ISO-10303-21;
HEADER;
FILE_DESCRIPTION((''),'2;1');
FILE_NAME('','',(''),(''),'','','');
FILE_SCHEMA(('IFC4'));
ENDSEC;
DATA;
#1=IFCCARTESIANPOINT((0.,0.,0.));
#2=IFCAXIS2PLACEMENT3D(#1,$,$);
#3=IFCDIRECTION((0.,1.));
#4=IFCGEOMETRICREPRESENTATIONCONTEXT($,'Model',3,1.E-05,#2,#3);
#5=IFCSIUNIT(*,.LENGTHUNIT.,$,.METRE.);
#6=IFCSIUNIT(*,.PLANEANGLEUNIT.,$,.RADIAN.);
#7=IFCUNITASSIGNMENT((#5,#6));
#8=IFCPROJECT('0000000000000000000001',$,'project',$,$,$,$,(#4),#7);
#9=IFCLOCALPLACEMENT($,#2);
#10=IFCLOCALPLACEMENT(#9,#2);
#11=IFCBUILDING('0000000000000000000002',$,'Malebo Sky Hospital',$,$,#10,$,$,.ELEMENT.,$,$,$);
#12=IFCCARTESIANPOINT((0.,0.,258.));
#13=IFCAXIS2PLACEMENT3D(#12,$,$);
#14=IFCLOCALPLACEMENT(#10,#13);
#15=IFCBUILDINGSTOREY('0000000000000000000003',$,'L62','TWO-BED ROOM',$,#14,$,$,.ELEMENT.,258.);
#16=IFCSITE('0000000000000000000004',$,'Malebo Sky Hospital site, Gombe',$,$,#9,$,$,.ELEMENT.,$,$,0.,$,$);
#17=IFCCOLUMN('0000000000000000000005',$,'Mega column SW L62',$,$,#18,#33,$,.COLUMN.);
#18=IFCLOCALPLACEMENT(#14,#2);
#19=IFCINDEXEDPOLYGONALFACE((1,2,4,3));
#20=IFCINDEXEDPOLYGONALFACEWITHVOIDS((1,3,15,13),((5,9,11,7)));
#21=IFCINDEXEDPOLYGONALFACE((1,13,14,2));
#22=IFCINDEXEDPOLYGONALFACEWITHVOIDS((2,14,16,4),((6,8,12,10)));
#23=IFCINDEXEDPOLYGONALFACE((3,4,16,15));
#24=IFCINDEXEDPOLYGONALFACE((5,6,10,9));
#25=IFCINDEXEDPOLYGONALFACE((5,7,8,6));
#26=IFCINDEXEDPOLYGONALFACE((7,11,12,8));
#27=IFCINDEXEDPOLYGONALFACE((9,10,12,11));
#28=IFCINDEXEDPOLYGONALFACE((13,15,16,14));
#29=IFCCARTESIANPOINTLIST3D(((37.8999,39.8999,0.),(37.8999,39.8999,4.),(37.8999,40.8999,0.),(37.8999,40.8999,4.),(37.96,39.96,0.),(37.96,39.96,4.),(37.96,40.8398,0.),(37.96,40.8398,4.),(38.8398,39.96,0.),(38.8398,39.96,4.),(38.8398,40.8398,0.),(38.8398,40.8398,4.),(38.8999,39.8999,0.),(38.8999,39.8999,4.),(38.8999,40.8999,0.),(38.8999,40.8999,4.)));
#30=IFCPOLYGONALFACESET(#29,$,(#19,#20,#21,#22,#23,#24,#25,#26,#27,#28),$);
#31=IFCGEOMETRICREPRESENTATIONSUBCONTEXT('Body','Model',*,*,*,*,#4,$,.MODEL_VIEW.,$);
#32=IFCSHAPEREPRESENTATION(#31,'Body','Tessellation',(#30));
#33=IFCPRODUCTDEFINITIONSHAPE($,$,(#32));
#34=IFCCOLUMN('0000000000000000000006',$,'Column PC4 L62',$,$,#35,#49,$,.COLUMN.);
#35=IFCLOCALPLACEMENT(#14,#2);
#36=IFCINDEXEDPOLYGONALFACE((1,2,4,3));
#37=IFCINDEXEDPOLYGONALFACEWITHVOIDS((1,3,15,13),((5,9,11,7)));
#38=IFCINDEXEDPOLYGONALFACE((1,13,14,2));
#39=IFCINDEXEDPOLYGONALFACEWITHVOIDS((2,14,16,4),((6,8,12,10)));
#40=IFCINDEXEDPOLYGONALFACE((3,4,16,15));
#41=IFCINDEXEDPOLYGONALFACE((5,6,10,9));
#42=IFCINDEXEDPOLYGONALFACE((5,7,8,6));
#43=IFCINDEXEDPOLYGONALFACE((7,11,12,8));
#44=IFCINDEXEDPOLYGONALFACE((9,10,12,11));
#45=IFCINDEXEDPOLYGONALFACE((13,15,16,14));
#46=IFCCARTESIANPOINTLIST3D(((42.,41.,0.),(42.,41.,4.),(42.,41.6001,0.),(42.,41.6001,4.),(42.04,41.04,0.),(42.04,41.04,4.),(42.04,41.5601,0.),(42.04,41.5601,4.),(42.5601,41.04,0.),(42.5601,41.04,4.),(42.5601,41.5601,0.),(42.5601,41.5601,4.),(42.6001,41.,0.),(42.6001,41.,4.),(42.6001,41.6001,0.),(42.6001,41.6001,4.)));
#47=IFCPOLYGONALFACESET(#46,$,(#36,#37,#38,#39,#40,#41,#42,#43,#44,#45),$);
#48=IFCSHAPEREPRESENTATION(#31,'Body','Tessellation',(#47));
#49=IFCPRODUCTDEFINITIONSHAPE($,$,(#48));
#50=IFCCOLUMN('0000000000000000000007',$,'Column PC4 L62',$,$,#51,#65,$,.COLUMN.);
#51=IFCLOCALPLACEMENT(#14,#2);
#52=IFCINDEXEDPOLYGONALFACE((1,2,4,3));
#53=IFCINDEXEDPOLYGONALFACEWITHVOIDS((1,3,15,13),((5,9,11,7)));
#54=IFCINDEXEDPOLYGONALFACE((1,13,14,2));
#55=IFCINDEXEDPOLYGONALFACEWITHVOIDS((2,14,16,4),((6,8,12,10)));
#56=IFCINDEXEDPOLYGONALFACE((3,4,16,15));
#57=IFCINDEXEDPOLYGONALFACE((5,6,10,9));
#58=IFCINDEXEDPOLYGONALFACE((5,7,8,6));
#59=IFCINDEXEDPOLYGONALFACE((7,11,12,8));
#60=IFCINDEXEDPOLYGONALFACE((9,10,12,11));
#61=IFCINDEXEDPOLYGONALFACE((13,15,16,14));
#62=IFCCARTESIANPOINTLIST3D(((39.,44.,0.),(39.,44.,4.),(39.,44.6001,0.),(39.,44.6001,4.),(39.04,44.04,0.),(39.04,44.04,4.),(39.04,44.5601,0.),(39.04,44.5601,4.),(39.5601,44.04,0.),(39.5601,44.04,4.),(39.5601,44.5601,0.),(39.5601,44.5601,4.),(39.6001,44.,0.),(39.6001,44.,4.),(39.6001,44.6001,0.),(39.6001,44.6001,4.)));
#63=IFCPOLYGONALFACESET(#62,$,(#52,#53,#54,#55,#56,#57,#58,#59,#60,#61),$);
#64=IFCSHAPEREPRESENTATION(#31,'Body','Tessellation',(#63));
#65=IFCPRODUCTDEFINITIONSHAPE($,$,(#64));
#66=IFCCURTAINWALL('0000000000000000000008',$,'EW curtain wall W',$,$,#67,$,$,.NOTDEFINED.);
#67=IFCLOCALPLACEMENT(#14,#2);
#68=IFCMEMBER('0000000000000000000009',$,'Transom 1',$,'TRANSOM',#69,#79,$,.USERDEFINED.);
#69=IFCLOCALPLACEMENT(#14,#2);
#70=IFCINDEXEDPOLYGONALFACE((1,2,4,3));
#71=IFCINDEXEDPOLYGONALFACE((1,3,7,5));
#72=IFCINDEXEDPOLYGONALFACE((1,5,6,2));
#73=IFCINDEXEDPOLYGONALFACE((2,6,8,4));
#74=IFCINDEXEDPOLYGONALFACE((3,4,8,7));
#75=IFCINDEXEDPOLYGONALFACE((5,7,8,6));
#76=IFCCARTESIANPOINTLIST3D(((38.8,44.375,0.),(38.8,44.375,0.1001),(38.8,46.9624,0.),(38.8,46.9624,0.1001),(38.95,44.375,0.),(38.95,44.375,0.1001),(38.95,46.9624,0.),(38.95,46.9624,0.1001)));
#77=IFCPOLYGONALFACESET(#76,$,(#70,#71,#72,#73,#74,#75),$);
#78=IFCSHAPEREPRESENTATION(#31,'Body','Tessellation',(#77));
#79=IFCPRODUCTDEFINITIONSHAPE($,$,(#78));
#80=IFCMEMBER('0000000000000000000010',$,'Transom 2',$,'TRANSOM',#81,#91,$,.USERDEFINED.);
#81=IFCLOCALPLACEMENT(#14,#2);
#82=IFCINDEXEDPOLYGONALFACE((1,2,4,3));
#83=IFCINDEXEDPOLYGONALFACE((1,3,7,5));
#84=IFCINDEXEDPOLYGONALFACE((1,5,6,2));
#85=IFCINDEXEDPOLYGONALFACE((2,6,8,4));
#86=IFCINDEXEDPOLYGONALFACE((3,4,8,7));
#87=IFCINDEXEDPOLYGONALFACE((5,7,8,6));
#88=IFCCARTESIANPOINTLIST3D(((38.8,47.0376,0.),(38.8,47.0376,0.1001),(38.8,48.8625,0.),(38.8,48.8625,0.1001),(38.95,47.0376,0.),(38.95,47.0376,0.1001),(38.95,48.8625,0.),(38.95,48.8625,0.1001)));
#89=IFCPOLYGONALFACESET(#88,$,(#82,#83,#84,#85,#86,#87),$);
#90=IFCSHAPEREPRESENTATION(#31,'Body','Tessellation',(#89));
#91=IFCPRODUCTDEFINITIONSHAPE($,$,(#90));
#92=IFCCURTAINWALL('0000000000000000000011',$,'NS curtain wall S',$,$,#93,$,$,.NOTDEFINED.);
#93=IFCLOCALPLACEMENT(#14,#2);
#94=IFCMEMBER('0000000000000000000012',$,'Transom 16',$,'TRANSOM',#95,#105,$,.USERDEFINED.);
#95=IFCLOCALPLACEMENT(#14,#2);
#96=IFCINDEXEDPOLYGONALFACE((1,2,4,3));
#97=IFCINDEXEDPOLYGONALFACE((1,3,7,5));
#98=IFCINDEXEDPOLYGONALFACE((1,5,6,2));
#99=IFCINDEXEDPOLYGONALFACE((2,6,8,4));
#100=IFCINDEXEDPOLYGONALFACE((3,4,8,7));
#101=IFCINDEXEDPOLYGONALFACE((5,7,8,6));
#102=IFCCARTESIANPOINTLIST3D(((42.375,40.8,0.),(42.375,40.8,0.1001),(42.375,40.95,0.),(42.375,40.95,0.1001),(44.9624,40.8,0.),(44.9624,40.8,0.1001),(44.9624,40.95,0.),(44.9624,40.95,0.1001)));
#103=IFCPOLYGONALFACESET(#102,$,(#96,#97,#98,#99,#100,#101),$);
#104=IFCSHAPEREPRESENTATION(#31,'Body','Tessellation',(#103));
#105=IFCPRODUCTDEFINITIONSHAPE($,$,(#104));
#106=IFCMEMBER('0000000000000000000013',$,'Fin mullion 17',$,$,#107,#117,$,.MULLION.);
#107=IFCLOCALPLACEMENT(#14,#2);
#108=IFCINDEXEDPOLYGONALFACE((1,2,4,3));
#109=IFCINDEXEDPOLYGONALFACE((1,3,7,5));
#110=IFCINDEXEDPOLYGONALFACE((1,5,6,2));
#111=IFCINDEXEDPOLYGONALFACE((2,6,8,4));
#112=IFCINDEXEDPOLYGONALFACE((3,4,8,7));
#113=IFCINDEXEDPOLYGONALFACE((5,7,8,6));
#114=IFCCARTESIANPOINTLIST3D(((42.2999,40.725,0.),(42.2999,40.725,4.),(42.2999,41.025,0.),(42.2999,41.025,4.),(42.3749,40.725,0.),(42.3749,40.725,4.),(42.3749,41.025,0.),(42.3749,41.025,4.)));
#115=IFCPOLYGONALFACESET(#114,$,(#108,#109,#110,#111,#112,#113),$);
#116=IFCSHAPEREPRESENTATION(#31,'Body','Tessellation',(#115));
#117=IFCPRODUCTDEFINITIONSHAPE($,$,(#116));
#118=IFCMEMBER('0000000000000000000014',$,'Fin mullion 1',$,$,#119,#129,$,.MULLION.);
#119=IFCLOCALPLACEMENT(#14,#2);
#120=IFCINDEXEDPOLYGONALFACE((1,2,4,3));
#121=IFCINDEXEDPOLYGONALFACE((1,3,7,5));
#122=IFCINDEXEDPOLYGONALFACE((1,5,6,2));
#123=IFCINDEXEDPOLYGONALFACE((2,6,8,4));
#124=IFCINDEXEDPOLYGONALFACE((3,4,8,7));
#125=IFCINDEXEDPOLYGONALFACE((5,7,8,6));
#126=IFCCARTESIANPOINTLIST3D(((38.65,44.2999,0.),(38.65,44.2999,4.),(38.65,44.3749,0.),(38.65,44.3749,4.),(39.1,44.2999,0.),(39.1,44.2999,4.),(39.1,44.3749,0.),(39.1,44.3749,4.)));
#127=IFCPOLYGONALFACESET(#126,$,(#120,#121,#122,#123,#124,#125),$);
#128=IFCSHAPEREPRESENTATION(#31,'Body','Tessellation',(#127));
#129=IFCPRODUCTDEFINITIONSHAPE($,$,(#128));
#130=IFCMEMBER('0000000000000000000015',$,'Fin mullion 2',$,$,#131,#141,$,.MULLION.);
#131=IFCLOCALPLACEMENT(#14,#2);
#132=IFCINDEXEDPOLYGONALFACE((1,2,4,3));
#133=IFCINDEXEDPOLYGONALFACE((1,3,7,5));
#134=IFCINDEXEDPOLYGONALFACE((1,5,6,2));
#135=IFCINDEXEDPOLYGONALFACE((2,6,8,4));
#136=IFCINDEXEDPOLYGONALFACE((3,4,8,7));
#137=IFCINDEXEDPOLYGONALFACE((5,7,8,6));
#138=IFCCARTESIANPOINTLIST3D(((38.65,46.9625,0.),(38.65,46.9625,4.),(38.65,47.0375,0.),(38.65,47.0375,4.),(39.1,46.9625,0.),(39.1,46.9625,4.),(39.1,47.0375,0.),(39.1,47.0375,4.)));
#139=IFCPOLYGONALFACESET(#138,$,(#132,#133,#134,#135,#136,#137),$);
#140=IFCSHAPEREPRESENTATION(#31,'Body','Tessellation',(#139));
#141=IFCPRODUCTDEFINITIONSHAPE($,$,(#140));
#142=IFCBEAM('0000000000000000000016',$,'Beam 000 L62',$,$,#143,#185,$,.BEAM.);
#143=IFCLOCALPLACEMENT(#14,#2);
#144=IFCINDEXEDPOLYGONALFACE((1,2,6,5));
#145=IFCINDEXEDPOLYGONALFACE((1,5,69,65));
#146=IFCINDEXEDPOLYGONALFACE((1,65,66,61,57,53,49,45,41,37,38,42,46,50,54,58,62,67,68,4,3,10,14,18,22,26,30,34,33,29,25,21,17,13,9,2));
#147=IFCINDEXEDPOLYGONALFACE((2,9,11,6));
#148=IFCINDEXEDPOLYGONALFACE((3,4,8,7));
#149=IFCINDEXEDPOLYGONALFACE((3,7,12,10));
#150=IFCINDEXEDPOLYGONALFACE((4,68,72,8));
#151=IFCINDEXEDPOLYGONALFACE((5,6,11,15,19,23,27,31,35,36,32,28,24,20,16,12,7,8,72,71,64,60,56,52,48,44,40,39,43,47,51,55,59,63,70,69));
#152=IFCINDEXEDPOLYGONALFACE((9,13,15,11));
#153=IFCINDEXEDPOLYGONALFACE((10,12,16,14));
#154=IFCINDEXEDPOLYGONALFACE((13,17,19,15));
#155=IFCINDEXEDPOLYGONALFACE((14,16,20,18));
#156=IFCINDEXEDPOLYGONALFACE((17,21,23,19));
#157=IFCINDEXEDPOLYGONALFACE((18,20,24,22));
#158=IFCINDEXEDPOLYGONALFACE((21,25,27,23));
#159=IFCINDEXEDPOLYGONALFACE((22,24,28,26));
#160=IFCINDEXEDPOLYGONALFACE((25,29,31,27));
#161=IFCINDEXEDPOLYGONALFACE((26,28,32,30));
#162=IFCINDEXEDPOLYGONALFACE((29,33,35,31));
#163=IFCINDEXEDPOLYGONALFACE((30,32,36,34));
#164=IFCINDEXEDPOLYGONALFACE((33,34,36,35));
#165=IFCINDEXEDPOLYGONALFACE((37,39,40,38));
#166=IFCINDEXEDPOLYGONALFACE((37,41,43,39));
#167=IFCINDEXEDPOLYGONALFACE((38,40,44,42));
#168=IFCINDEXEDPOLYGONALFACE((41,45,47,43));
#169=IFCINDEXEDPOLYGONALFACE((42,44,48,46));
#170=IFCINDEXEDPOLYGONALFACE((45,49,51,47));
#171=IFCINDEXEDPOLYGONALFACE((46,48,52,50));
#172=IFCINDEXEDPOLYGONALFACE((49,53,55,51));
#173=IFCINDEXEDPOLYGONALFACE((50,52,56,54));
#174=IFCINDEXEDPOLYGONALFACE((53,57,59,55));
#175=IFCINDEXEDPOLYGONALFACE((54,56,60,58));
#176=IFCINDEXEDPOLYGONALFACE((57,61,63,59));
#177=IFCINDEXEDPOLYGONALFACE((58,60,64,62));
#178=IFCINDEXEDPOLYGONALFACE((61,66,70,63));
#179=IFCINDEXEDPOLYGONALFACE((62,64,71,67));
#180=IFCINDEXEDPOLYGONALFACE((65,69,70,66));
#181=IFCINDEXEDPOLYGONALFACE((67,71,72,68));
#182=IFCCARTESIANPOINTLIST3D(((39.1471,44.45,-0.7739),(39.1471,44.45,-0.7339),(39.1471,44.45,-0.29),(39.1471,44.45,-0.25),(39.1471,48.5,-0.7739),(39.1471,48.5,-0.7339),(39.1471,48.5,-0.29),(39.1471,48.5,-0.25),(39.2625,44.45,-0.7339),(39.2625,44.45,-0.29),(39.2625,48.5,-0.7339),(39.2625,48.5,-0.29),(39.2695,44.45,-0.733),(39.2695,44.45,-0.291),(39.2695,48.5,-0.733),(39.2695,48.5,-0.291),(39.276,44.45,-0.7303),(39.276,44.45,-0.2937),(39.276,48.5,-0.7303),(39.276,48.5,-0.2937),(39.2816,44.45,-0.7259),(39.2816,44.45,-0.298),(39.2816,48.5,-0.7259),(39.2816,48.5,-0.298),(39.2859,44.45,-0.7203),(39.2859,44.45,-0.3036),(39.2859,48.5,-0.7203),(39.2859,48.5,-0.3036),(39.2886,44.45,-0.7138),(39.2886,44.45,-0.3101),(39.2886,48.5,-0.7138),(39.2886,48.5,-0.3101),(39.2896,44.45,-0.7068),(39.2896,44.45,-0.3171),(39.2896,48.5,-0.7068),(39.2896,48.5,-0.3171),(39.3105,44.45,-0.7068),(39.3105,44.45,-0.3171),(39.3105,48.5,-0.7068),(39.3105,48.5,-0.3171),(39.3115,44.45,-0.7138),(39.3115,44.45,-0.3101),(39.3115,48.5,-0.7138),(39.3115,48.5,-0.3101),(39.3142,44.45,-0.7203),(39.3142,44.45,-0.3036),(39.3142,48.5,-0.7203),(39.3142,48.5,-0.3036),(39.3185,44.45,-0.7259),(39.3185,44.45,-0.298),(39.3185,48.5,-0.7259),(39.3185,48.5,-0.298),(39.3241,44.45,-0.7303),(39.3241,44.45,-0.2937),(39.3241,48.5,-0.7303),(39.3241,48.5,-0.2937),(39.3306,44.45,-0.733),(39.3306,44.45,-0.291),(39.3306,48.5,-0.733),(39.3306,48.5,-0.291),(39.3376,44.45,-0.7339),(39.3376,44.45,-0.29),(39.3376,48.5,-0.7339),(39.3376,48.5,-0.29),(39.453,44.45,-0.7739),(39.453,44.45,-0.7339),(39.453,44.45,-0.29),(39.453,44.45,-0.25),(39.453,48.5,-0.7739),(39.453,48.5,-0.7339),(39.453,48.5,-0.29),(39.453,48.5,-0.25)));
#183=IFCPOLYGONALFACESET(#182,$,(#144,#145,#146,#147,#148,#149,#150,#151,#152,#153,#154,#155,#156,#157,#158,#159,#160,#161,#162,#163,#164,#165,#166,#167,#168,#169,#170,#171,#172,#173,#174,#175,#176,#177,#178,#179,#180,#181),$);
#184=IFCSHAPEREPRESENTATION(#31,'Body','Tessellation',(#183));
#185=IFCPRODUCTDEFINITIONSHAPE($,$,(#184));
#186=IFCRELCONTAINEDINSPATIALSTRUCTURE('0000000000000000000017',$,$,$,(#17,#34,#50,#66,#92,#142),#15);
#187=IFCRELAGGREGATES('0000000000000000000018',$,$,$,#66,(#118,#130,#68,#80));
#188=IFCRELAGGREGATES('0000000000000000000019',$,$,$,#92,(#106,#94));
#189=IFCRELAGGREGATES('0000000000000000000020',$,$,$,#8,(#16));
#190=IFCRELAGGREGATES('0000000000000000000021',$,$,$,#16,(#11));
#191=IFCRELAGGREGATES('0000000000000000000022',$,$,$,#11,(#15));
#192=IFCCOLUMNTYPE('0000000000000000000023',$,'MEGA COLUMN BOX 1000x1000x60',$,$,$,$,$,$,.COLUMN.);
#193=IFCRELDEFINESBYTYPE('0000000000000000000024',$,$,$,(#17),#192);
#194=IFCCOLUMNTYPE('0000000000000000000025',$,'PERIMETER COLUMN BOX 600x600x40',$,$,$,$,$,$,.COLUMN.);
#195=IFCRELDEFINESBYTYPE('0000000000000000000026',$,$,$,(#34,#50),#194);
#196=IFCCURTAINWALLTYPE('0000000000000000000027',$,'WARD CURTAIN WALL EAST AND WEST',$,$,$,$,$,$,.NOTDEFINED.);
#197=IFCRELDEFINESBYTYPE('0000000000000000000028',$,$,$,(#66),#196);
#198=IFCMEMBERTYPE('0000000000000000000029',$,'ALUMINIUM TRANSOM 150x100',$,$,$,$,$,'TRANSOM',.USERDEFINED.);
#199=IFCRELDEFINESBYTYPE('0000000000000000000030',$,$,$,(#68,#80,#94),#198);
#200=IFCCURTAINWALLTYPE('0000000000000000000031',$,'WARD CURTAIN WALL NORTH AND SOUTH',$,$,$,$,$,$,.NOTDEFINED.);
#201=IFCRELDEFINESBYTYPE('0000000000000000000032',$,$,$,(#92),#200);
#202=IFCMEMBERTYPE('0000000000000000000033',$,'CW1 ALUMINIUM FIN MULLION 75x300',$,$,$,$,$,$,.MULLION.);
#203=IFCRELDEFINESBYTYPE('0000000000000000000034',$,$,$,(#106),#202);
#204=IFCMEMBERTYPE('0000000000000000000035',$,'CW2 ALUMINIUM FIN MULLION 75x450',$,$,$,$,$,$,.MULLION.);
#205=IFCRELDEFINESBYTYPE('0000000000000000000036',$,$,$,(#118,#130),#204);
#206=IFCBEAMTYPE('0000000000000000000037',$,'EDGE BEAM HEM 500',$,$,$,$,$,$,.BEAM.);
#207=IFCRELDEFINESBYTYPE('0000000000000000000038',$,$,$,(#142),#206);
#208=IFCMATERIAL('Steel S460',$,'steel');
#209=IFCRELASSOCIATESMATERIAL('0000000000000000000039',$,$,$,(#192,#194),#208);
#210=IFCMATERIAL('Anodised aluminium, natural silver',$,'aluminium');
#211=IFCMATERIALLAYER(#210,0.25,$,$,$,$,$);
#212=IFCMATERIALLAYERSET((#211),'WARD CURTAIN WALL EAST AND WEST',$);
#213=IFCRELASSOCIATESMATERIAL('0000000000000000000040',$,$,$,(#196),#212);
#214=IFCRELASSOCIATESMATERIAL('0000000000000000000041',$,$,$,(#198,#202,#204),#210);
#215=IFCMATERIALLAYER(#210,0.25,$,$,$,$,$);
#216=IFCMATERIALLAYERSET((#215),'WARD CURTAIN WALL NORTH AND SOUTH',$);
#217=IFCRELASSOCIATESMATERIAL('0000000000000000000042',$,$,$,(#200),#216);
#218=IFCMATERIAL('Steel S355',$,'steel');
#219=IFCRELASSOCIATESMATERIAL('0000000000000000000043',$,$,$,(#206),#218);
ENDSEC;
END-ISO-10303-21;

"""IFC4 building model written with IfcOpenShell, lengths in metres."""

from ifc_helpers import new_model, si_unit, direction, frame, origin, origin_2d, place, context, subcontext, project, spatial, rectangle, hollow_rectangle, i_section, extrude, material, layer, layer_set, material_profile, profile_set, type_object, element, aggregate, save


model = new_model("IFC4")

# Units and contexts
model_context = context("Model", 3, precision=1e-05, world=origin(), true_north=direction((0.0, 1.0)))
body_context = subcontext(model_context, "Body", "Model", "MODEL_VIEW")
ifc_project = project(units=[si_unit("LENGTHUNIT", "METRE"), si_unit("PLANEANGLEUNIT", "RADIAN")], contexts=[model_context])

# Site, building, storey
site_placement = place(None, origin())
site = spatial("IfcSite", under=ifc_project, at=site_placement, Name="Malebo Sky Hospital site, Gombe", CompositionType="ELEMENT", RefElevation=0.0)
building_placement = place(site_placement, origin())
building = spatial("IfcBuilding", under=site, at=building_placement, Name="Malebo Sky Hospital", CompositionType="ELEMENT")
storey_placement = place(building_placement, frame((0.0, 0.0, 258.0)))
storey = spatial("IfcBuildingStorey", under=building, at=storey_placement, Name="L62", Description="TWO-BED ROOM", CompositionType="ELEMENT", Elevation=258.0)

# Columns
ifc_material_1 = material(Name="Steel S460", Category="steel")
ifc_material_profile_1 = material_profile(ifc_material_1, hollow_rectangle(XDim=1.0, YDim=1.0, WallThickness=0.0601, at=origin_2d()), Name="BOX 1000x1000x60")
ifc_profile_set_1 = profile_set([ifc_material_profile_1], Name="Steel S460")
column_type_1 = type_object("IfcColumnType", Name="MEGA COLUMN BOX 1000x1000x60", PredefinedType="COLUMN", material=ifc_profile_set_1)
column_placement = place(storey_placement, frame((38.3999, 40.3999, 0.0), z_axis=(0.0, 0.0, 1.0), x_axis=(1.0, 0.0, 0.0)))
element("IfcColumn", 1, at=column_placement, inside=storey, type_object=column_type_1, Name="Mega column SW L62", PredefinedType="COLUMN", context=body_context, shape_type="SweptSolid", body=[
    extrude(hollow_rectangle(XDim=1.0, YDim=1.0, WallThickness=0.0601, at=origin_2d()), origin(), (0.0, 0.0, 1.0), 4.0),
])
ifc_material_profile_2 = material_profile(ifc_material_1, hollow_rectangle(XDim=0.6001, YDim=0.6001, WallThickness=0.04, at=origin_2d()), Name="BOX 600x600x40")
ifc_profile_set_2 = profile_set([ifc_material_profile_2], Name="Steel S460")
column_type_2 = type_object("IfcColumnType", Name="PERIMETER COLUMN BOX 600x600x40", PredefinedType="COLUMN", material=ifc_profile_set_2)
for number, where, z_axis, x_axis, name in (
    (2, (42.3, 41.3, 0.0), (0.0, 0.0, 1.0), (1.0, 0.0, 0.0), "Column PC4 L62"),
    (3, (39.3, 44.3, 0.0), (0.0, 0.0, 1.0), (1.0, 0.0, 0.0), "Column PC4 L62"),
):
    element("IfcColumn", number, at=place(storey_placement, frame(where, z_axis=z_axis, x_axis=x_axis)), inside=storey, type_object=column_type_2, Name=name, PredefinedType="COLUMN", context=body_context, shape_type="SweptSolid", body=[
        extrude(hollow_rectangle(XDim=0.6001, YDim=0.6001, WallThickness=0.04, at=origin_2d()), origin(), (0.0, 0.0, 1.0), 4.0),
    ])

# Curtain walls, members
ifc_material_2 = material(Name="Anodised aluminium, natural silver", Category="aluminium")
ifc_layer_1 = layer(ifc_material_2, 0.25)
ifc_layer_set_1 = layer_set([ifc_layer_1], Name="WARD CURTAIN WALL EAST AND WEST")
curtain_wall_type_1 = type_object("IfcCurtainWallType", Name="WARD CURTAIN WALL EAST AND WEST", PredefinedType="NOTDEFINED", material=ifc_layer_set_1)
curtain_wall_1_placement = place(storey_placement, origin())
curtain_wall_1 = element("IfcCurtainWall", 4, at=curtain_wall_1_placement, inside=storey, type_object=curtain_wall_type_1, Name="EW curtain wall W", PredefinedType="NOTDEFINED")
ifc_material_profile_3 = material_profile(ifc_material_2, rectangle(XDim=0.1499, YDim=0.1001, at=origin_2d()), Name="ALUMINIUM TRANSOM 150x100")
ifc_profile_set_3 = profile_set([ifc_material_profile_3], Name="Anodised aluminium, natural silver")
member_type_1 = type_object("IfcMemberType", Name="ALUMINIUM TRANSOM 150x100", ElementType="TRANSOM", PredefinedType="USERDEFINED", material=ifc_profile_set_3)
member_1_placement = place(storey_placement, frame((38.875, 44.375, 0.05), z_axis=(0.0, 1.0, 0.0), x_axis=(-1.0, 0.0, 0.0)))
member_1 = element("IfcMember", 5, at=member_1_placement, type_object=member_type_1, Name="Transom 1", ObjectType="TRANSOM", PredefinedType="USERDEFINED", context=body_context, shape_type="SweptSolid", body=[
    extrude(rectangle(XDim=0.1499, YDim=0.1001, at=origin_2d()), origin(), (0.0, 0.0, 1.0), 2.5874),
])
member_2_placement = place(storey_placement, frame((38.875, 47.0376, 0.05), z_axis=(0.0, 1.0, 0.0), x_axis=(-1.0, 0.0, 0.0)))
member_2 = element("IfcMember", 6, at=member_2_placement, type_object=member_type_1, Name="Transom 2", ObjectType="TRANSOM", PredefinedType="USERDEFINED", context=body_context, shape_type="SweptSolid", body=[
    extrude(rectangle(XDim=0.1499, YDim=0.1001, at=origin_2d()), origin(), (0.0, 0.0, 1.0), 1.825),
])
ifc_layer_2 = layer(ifc_material_2, 0.25)
ifc_layer_set_2 = layer_set([ifc_layer_2], Name="WARD CURTAIN WALL NORTH AND SOUTH")
curtain_wall_type_2 = type_object("IfcCurtainWallType", Name="WARD CURTAIN WALL NORTH AND SOUTH", PredefinedType="NOTDEFINED", material=ifc_layer_set_2)
curtain_wall_2_placement = place(storey_placement, origin())
curtain_wall_2 = element("IfcCurtainWall", 7, at=curtain_wall_2_placement, inside=storey, type_object=curtain_wall_type_2, Name="NS curtain wall S", PredefinedType="NOTDEFINED")
member_3_placement = place(storey_placement, frame((44.9624, 40.875, 0.05), z_axis=(-1.0, 0.0, 0.0), x_axis=(0.0, -1.0, 0.0)))
member_3 = element("IfcMember", 8, at=member_3_placement, type_object=member_type_1, Name="Transom 16", ObjectType="TRANSOM", PredefinedType="USERDEFINED", context=body_context, shape_type="SweptSolid", body=[
    extrude(rectangle(XDim=0.1499, YDim=0.1001, at=origin_2d()), origin(), (0.0, 0.0, 1.0), 2.5874),
])
ifc_material_profile_4 = material_profile(ifc_material_2, rectangle(XDim=0.075, YDim=0.3, at=origin_2d()), Name="CW1 ALUMINIUM FIN MULLION 75x300")
ifc_profile_set_4 = profile_set([ifc_material_profile_4], Name="Anodised aluminium, natural silver")
member_type_2 = type_object("IfcMemberType", Name="CW1 ALUMINIUM FIN MULLION 75x300", PredefinedType="MULLION", material=ifc_profile_set_4)
member_4_placement = place(storey_placement, frame((42.3374, 40.875, 0.0), z_axis=(0.0, 0.0, 1.0), x_axis=(-1.0, 0.0, 0.0)))
member_4 = element("IfcMember", 9, at=member_4_placement, type_object=member_type_2, Name="Fin mullion 17", PredefinedType="MULLION", context=body_context, shape_type="SweptSolid", body=[
    extrude(rectangle(XDim=0.075, YDim=0.3, at=origin_2d()), origin(), (0.0, 0.0, 1.0), 4.0),
])

# Members
ifc_material_profile_5 = material_profile(ifc_material_2, rectangle(XDim=0.075, YDim=0.45, at=origin_2d()), Name="CW2 ALUMINIUM FIN MULLION 75x450")
ifc_profile_set_5 = profile_set([ifc_material_profile_5], Name="Anodised aluminium, natural silver")
member_type_3 = type_object("IfcMemberType", Name="CW2 ALUMINIUM FIN MULLION 75x450", PredefinedType="MULLION", material=ifc_profile_set_5)
member_5_placement = place(storey_placement, frame((38.875, 44.3374, 0.0), z_axis=(0.0, 0.0, 1.0), x_axis=(0.0, 1.0, 0.0)))
member_5 = element("IfcMember", 10, at=member_5_placement, type_object=member_type_3, Name="Fin mullion 1", PredefinedType="MULLION", context=body_context, shape_type="SweptSolid", body=[
    extrude(rectangle(XDim=0.075, YDim=0.45, at=origin_2d()), origin(), (0.0, 0.0, 1.0), 4.0),
])
member_6_placement = place(storey_placement, frame((38.875, 47.0, 0.0), z_axis=(0.0, 0.0, 1.0), x_axis=(0.0, 1.0, 0.0)))
member_6 = element("IfcMember", 11, at=member_6_placement, type_object=member_type_3, Name="Fin mullion 2", PredefinedType="MULLION", context=body_context, shape_type="SweptSolid", body=[
    extrude(rectangle(XDim=0.075, YDim=0.45, at=origin_2d()), origin(), (0.0, 0.0, 1.0), 4.0),
])

# Beam
ifc_material_3 = material(Name="Steel S355", Category="steel")
ifc_material_profile_6 = material_profile(ifc_material_3, i_section(OverallWidth=0.3059, OverallDepth=0.5239, WebThickness=0.021, FlangeThickness=0.04, FilletRadius=0.0271, at=origin_2d()), Name="HEM 500")
ifc_profile_set_6 = profile_set([ifc_material_profile_6], Name="Steel S355")
beam_type_1 = type_object("IfcBeamType", Name="EDGE BEAM HEM 500", PredefinedType="BEAM", material=ifc_profile_set_6)
for number, where, z_axis, x_axis, name in (
    (12, (39.3, 44.45, -0.512), (0.0, 1.0, 0.0), (-1.0, 0.0, 0.0), "Beam 000 L62"),
):
    element("IfcBeam", number, at=place(storey_placement, frame(where, z_axis=z_axis, x_axis=x_axis)), inside=storey, type_object=beam_type_1, Name=name, PredefinedType="BEAM", context=body_context, shape_type="SweptSolid", body=[
        extrude(i_section(OverallWidth=0.3059, OverallDepth=0.5239, WebThickness=0.021, FlangeThickness=0.04, FilletRadius=0.0271, at=origin_2d()), origin(), (0.0, 0.0, 1.0), 4.05),
    ])

aggregate(curtain_wall_1, [member_5, member_6, member_1, member_2])
aggregate(curtain_wall_2, [member_4, member_3])

save(model, "model.ifc")
